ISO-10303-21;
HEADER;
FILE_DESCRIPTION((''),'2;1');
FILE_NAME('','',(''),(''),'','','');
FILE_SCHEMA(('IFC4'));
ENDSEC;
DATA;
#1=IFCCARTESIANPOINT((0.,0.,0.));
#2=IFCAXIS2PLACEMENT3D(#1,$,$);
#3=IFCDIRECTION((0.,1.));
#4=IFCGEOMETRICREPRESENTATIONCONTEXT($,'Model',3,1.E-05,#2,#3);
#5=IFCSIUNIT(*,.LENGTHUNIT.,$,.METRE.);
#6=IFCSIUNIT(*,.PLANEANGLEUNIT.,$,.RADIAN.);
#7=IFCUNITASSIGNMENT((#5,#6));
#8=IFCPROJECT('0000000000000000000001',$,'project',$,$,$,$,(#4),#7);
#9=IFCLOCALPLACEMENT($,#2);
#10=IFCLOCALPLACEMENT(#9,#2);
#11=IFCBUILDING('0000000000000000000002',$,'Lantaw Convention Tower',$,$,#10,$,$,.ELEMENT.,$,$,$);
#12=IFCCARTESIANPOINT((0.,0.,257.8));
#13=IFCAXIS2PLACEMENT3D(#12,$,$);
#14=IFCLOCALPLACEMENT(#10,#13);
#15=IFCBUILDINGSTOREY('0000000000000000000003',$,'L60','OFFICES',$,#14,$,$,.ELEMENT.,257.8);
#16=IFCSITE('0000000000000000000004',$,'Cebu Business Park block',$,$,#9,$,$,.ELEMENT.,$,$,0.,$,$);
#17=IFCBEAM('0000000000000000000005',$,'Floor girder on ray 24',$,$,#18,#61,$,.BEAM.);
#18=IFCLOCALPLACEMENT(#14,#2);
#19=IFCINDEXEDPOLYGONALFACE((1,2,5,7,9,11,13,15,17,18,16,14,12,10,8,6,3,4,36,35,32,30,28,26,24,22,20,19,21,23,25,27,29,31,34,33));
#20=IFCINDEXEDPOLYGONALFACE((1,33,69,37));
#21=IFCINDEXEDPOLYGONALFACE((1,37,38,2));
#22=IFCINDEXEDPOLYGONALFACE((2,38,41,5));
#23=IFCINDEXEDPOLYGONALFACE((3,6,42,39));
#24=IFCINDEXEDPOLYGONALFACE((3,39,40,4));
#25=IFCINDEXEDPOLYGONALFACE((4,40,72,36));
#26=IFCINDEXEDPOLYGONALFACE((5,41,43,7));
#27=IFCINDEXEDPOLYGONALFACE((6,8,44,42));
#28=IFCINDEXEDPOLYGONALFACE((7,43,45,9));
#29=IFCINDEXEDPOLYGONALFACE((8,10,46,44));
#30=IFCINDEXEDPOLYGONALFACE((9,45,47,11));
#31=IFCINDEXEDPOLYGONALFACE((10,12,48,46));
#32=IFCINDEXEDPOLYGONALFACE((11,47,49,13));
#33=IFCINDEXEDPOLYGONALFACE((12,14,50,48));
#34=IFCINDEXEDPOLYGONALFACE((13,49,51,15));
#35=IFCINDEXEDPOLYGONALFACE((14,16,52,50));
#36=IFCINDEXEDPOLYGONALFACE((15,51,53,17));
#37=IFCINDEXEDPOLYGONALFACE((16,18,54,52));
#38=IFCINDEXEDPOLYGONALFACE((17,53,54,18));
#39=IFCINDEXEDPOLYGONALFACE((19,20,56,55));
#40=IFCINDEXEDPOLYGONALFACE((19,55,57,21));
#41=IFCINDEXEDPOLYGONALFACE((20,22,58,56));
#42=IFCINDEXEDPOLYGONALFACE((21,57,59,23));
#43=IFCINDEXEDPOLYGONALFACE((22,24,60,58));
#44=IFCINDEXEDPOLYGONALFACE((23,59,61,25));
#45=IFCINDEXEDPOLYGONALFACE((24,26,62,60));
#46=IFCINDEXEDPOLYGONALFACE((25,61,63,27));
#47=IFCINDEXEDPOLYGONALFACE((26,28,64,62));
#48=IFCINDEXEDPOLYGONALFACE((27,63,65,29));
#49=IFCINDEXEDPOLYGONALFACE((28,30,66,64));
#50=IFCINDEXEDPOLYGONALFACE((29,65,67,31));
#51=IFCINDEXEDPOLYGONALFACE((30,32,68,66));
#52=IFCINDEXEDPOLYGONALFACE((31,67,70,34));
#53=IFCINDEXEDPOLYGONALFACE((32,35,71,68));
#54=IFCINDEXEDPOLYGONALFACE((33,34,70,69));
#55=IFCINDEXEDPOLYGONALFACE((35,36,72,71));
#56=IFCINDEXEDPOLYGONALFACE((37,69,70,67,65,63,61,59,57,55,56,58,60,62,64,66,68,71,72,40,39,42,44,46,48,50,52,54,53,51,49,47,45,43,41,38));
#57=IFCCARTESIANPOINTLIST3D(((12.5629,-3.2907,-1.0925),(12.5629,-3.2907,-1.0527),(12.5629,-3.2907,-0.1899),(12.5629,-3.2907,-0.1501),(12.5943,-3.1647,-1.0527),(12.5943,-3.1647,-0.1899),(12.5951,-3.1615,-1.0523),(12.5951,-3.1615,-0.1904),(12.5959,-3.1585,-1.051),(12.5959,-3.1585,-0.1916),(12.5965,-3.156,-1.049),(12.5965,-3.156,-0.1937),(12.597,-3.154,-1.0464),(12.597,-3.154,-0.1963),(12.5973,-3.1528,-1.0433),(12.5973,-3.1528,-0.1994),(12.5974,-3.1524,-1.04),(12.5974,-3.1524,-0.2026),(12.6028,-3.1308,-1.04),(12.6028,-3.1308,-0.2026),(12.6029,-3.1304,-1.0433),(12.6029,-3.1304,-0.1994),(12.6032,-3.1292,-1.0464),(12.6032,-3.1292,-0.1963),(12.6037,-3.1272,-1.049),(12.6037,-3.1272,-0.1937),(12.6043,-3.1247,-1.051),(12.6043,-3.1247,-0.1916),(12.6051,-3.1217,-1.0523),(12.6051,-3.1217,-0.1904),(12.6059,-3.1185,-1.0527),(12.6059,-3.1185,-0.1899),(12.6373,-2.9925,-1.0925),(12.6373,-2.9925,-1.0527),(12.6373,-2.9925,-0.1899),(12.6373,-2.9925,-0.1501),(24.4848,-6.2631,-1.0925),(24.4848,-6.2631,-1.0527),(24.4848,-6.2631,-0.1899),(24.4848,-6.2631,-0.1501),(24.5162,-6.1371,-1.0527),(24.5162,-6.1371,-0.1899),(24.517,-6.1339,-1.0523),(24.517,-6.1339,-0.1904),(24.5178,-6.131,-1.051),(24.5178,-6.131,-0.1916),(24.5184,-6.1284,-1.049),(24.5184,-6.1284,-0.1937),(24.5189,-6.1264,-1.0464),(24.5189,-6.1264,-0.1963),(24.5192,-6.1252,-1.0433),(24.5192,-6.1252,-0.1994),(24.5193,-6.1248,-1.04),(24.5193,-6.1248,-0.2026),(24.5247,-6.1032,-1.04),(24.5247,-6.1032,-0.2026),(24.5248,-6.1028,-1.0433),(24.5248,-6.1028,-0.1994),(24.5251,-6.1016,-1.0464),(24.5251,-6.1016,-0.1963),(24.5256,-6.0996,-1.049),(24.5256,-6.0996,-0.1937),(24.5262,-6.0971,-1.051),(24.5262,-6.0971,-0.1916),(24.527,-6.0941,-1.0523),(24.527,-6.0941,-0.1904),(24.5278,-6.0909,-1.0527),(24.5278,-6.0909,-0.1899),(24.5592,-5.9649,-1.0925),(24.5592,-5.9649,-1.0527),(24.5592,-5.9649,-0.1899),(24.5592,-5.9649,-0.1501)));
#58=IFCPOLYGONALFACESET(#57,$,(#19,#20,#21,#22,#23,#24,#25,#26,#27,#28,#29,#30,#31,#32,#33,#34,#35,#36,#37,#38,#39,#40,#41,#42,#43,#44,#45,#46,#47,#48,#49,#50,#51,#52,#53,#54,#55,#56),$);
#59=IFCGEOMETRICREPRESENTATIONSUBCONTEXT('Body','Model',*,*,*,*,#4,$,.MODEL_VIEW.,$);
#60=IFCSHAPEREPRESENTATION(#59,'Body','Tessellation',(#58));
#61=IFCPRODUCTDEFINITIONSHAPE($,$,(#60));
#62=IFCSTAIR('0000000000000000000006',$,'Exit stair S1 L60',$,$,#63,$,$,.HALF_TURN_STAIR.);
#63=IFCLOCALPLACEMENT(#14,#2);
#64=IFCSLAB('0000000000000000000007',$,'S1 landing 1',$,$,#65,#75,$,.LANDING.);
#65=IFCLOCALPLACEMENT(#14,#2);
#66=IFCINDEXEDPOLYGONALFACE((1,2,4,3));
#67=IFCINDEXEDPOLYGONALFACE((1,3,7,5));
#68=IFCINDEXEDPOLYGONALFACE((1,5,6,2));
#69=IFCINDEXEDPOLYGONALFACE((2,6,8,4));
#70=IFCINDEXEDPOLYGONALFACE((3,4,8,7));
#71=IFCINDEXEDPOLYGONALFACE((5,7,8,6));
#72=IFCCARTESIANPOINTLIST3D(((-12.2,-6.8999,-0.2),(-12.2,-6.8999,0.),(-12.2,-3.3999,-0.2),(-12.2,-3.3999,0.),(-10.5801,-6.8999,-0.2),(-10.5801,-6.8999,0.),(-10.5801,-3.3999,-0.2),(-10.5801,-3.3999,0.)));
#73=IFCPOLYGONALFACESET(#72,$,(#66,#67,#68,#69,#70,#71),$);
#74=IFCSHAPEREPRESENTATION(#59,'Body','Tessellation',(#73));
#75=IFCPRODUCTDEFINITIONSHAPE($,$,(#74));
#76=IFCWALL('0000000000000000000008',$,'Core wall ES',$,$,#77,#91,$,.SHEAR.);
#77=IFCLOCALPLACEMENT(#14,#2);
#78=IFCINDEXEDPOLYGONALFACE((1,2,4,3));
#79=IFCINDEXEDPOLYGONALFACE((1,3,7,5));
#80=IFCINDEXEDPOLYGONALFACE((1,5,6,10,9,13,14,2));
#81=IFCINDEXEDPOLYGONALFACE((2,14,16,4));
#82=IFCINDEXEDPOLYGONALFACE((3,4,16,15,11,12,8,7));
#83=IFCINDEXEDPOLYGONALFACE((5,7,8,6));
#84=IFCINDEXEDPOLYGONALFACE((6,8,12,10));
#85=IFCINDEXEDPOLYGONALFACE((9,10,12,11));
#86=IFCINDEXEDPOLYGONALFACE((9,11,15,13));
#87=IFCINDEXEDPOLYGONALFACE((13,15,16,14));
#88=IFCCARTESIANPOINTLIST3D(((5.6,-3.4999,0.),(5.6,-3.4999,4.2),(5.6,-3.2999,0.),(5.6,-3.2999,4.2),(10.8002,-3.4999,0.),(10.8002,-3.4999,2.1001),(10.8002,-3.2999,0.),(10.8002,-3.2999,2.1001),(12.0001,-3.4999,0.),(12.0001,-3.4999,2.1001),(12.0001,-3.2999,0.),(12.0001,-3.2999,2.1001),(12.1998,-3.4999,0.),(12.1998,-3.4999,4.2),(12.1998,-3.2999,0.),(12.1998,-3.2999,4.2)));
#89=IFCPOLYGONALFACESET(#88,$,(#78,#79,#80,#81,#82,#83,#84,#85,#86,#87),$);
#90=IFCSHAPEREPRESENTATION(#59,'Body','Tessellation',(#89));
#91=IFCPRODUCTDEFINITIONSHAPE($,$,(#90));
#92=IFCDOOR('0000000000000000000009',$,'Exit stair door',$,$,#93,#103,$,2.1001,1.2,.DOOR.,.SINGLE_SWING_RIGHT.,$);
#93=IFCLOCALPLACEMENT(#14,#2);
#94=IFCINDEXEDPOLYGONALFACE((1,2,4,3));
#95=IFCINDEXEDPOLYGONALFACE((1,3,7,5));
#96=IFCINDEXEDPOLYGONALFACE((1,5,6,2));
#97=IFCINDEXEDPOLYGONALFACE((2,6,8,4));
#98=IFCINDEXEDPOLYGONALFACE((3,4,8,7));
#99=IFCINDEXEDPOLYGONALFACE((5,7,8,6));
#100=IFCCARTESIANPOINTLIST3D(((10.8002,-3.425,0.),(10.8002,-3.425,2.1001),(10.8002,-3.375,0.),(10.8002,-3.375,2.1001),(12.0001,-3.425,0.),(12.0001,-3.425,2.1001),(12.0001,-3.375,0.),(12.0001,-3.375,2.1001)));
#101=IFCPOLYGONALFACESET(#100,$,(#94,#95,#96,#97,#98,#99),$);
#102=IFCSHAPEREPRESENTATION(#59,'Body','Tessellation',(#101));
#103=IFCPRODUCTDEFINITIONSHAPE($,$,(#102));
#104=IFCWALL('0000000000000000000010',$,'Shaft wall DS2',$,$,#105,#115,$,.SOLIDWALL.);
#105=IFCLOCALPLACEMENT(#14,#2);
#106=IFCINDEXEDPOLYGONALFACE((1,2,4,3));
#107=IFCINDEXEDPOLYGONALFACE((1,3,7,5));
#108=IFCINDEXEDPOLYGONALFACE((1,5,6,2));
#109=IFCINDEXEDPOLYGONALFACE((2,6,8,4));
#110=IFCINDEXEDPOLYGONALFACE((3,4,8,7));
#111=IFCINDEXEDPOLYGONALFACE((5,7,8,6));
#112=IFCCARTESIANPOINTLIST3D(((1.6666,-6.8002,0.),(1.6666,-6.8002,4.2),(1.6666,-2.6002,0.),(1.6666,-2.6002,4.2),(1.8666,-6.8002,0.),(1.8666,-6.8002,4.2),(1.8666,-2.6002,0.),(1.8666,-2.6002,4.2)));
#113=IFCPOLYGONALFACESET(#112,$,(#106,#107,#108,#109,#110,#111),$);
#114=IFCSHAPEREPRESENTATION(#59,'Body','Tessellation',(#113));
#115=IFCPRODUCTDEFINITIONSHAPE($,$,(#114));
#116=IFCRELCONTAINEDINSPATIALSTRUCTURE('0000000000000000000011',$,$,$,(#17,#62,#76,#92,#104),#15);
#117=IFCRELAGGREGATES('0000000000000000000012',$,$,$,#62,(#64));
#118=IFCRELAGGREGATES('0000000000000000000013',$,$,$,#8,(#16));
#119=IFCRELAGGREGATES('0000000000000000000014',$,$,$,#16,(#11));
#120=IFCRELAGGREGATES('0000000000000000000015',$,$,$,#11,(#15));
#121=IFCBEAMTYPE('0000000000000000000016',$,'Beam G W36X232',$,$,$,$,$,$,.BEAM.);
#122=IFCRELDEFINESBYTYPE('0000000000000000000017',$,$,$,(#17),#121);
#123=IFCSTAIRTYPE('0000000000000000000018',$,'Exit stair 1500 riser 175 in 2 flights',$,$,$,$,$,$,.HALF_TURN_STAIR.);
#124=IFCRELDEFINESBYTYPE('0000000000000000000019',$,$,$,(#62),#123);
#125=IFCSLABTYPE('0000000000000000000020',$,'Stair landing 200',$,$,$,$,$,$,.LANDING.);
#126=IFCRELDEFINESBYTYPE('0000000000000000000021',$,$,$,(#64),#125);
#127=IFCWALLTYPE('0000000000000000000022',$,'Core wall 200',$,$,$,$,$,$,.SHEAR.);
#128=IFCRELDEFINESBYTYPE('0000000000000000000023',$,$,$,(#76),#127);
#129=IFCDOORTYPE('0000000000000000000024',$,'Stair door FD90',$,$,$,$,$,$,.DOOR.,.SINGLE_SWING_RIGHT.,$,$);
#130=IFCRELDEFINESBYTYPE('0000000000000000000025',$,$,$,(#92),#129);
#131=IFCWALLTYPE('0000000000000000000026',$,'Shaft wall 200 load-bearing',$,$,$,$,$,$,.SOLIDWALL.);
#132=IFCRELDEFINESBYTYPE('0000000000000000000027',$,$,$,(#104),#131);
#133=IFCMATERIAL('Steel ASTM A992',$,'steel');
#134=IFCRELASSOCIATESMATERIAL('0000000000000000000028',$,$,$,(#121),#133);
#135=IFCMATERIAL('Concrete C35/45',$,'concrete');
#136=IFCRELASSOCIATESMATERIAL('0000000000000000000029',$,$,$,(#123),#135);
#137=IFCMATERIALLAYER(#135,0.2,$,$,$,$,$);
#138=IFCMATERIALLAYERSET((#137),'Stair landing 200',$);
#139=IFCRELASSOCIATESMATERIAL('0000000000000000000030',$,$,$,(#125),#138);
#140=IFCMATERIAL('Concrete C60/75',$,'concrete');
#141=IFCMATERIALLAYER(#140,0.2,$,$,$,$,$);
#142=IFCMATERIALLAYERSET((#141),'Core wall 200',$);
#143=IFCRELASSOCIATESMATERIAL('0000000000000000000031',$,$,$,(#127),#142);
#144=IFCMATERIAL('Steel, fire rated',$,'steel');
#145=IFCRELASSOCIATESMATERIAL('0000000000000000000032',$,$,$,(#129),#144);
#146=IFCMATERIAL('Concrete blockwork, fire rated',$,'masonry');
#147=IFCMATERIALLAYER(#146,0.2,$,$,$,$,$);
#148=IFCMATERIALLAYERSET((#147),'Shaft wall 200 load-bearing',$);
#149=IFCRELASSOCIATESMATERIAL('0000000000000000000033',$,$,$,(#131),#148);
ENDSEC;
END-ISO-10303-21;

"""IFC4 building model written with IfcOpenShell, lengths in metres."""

from ifc_helpers import new_model, si_unit, direction, frame, frame_2d, origin, origin_2d, place, context, subcontext, project, spatial, polyline, rectangle, i_section, outline, extrude, material, layer, layer_set, material_profile, profile_set, type_object, element, fill, aggregate, save


model = new_model("IFC4")

# Units and contexts
model_context = context("Model", 3, precision=1e-05, world=origin(), true_north=direction((0.0, 1.0)))
body_context = subcontext(model_context, "Body", "Model", "MODEL_VIEW")
ifc_project = project(units=[si_unit("LENGTHUNIT", "METRE"), si_unit("PLANEANGLEUNIT", "RADIAN")], contexts=[model_context])

# Site, building, storey
site_placement = place(None, origin())
site = spatial("IfcSite", under=ifc_project, at=site_placement, Name="Cebu Business Park block", CompositionType="ELEMENT", RefElevation=0.0)
building_placement = place(site_placement, origin())
building = spatial("IfcBuilding", under=site, at=building_placement, Name="Lantaw Convention Tower", CompositionType="ELEMENT")
storey_placement = place(building_placement, frame((0.0, 0.0, 257.8)))
storey = spatial("IfcBuildingStorey", under=building, at=storey_placement, Name="L60", Description="OFFICES", CompositionType="ELEMENT", Elevation=257.8)

# Beam
ifc_material_1 = material(Name="Steel ASTM A992", Category="steel")
ifc_material_profile = material_profile(ifc_material_1, i_section(OverallWidth=0.3074, OverallDepth=0.9424, WebThickness=0.0222, FlangeThickness=0.0398, FilletRadius=0.0127, at=origin_2d()), Name="W36X232")
ifc_profile_set = profile_set([ifc_material_profile], Name="Steel ASTM A992")
beam_type = type_object("IfcBeamType", Name="Beam G W36X232", PredefinedType="BEAM", material=ifc_profile_set)
beam_placement = place(storey_placement, frame((12.6001, -3.1416, -0.6213), z_axis=(0.970297, -0.241918, 0.0), x_axis=(0.241918, 0.970297, 0.0)))
element("IfcBeam", 1, at=beam_placement, inside=storey, type_object=beam_type, Name="Floor girder on ray 24", PredefinedType="BEAM", context=body_context, shape_type="SweptSolid", body=[
    extrude(i_section(OverallWidth=0.3074, OverallDepth=0.9424, WebThickness=0.0222, FlangeThickness=0.0398, FilletRadius=0.0127, at=origin_2d()), origin(), (0.0, 0.0, 1.0), 12.2869),
])

# Stair, slab
ifc_material_2 = material(Name="Concrete C35/45", Category="concrete")
stair_type = type_object("IfcStairType", Name="Exit stair 1500 riser 175 in 2 flights", PredefinedType="HALF_TURN_STAIR", material=ifc_material_2)
stair_placement = place(storey_placement, origin())
stair = element("IfcStair", 2, at=stair_placement, inside=storey, type_object=stair_type, Name="Exit stair S1 L60", PredefinedType="HALF_TURN_STAIR")
ifc_layer_1 = layer(ifc_material_2, 0.2)
ifc_layer_set_1 = layer_set([ifc_layer_1], Name="Stair landing 200")
slab_type = type_object("IfcSlabType", Name="Stair landing 200", PredefinedType="LANDING", material=ifc_layer_set_1)
slab_placement = place(storey_placement, frame((0.0, 0.0, -0.2)))
slab = element("IfcSlab", 3, at=slab_placement, type_object=slab_type, Name="S1 landing 1", PredefinedType="LANDING", context=body_context, shape_type="SweptSolid", body=[
    extrude(outline(polyline([(-12.2, -6.8999), (-10.5801, -6.8999), (-10.5801, -3.3999), (-12.2, -3.3999), (-12.2, -6.8999)])), origin(), (0.0, 0.0, 1.0), 0.2),
])
aggregate(stair, [slab])

# Wall, opening, door
ifc_material_3 = material(Name="Concrete C60/75", Category="concrete")
ifc_layer_2 = layer(ifc_material_3, 0.2)
ifc_layer_set_2 = layer_set([ifc_layer_2], Name="Core wall 200")
wall_type_1 = type_object("IfcWallType", Name="Core wall 200", PredefinedType="SHEAR", material=ifc_layer_set_2)
wall_1_placement = place(storey_placement, frame((5.6001, -3.3999, 0.0), z_axis=(0.0, 0.0, 1.0), x_axis=(1.0, 0.0, 0.0)))
wall_1 = element("IfcWall", 4, at=wall_1_placement, inside=storey, type_object=wall_type_1, Name="Core wall ES", PredefinedType="SHEAR", context=body_context, shape_type="SweptSolid", body=[
    extrude(rectangle(XDim=6.5999, YDim=0.2, at=frame_2d((3.2998, 0.0))), origin(), (0.0, 0.0, 1.0), 4.2),
])
opening_placement = place(wall_1_placement, frame((5.2, 0.0, 0.0)))
opening = element("IfcOpeningElement", 5, at=opening_placement, cuts=wall_1, PredefinedType="OPENING", context=body_context, shape_type="SweptSolid", body=[
    extrude(rectangle(XDim=1.2, YDim=2.1001, at=frame_2d((0.6001, 1.05))), frame((0.0, 0.1099, 0.0), z_axis=(0.0, -1.0, 0.0), x_axis=(1.0, 0.0, 0.0)), (0.0, 0.0, 1.0), 0.22),
])
ifc_material_4 = material(Name="Steel, fire rated", Category="steel")
door_type = type_object("IfcDoorType", Name="Stair door FD90", OperationType="SINGLE_SWING_RIGHT", PredefinedType="DOOR", material=ifc_material_4)
door_placement = place(opening_placement, origin())
door = element("IfcDoor", 6, at=door_placement, inside=storey, type_object=door_type, Name="Exit stair door", OperationType="SINGLE_SWING_RIGHT", OverallHeight=2.1001, OverallWidth=1.2, PredefinedType="DOOR", context=body_context, shape_type="SweptSolid", body=[
    extrude(rectangle(XDim=1.2, YDim=2.1001, at=frame_2d((0.6001, 1.05))), frame((0.0, 0.0249, 0.0), z_axis=(0.0, -1.0, 0.0), x_axis=(1.0, 0.0, 0.0)), (0.0, 0.0, 1.0), 0.05),
])
fill(opening, door)

# Wall
ifc_material_5 = material(Name="Concrete blockwork, fire rated", Category="masonry")
ifc_layer_3 = layer(ifc_material_5, 0.2)
ifc_layer_set_3 = layer_set([ifc_layer_3], Name="Shaft wall 200 load-bearing")
wall_type_2 = type_object("IfcWallType", Name="Shaft wall 200 load-bearing", PredefinedType="SOLIDWALL", material=ifc_layer_set_3)
wall_2_placement = place(storey_placement, frame((1.7666, -2.6001, 0.0), z_axis=(0.0, 0.0, 1.0), x_axis=(0.0, -1.0, 0.0)))
element("IfcWall", 7, at=wall_2_placement, inside=storey, type_object=wall_type_2, Name="Shaft wall DS2", PredefinedType="SOLIDWALL", context=body_context, shape_type="SweptSolid", body=[
    extrude(rectangle(XDim=4.2, YDim=0.2, at=frame_2d((2.1001, 0.0))), origin(), (0.0, 0.0, 1.0), 4.2),
])

save(model, "model.ifc")
